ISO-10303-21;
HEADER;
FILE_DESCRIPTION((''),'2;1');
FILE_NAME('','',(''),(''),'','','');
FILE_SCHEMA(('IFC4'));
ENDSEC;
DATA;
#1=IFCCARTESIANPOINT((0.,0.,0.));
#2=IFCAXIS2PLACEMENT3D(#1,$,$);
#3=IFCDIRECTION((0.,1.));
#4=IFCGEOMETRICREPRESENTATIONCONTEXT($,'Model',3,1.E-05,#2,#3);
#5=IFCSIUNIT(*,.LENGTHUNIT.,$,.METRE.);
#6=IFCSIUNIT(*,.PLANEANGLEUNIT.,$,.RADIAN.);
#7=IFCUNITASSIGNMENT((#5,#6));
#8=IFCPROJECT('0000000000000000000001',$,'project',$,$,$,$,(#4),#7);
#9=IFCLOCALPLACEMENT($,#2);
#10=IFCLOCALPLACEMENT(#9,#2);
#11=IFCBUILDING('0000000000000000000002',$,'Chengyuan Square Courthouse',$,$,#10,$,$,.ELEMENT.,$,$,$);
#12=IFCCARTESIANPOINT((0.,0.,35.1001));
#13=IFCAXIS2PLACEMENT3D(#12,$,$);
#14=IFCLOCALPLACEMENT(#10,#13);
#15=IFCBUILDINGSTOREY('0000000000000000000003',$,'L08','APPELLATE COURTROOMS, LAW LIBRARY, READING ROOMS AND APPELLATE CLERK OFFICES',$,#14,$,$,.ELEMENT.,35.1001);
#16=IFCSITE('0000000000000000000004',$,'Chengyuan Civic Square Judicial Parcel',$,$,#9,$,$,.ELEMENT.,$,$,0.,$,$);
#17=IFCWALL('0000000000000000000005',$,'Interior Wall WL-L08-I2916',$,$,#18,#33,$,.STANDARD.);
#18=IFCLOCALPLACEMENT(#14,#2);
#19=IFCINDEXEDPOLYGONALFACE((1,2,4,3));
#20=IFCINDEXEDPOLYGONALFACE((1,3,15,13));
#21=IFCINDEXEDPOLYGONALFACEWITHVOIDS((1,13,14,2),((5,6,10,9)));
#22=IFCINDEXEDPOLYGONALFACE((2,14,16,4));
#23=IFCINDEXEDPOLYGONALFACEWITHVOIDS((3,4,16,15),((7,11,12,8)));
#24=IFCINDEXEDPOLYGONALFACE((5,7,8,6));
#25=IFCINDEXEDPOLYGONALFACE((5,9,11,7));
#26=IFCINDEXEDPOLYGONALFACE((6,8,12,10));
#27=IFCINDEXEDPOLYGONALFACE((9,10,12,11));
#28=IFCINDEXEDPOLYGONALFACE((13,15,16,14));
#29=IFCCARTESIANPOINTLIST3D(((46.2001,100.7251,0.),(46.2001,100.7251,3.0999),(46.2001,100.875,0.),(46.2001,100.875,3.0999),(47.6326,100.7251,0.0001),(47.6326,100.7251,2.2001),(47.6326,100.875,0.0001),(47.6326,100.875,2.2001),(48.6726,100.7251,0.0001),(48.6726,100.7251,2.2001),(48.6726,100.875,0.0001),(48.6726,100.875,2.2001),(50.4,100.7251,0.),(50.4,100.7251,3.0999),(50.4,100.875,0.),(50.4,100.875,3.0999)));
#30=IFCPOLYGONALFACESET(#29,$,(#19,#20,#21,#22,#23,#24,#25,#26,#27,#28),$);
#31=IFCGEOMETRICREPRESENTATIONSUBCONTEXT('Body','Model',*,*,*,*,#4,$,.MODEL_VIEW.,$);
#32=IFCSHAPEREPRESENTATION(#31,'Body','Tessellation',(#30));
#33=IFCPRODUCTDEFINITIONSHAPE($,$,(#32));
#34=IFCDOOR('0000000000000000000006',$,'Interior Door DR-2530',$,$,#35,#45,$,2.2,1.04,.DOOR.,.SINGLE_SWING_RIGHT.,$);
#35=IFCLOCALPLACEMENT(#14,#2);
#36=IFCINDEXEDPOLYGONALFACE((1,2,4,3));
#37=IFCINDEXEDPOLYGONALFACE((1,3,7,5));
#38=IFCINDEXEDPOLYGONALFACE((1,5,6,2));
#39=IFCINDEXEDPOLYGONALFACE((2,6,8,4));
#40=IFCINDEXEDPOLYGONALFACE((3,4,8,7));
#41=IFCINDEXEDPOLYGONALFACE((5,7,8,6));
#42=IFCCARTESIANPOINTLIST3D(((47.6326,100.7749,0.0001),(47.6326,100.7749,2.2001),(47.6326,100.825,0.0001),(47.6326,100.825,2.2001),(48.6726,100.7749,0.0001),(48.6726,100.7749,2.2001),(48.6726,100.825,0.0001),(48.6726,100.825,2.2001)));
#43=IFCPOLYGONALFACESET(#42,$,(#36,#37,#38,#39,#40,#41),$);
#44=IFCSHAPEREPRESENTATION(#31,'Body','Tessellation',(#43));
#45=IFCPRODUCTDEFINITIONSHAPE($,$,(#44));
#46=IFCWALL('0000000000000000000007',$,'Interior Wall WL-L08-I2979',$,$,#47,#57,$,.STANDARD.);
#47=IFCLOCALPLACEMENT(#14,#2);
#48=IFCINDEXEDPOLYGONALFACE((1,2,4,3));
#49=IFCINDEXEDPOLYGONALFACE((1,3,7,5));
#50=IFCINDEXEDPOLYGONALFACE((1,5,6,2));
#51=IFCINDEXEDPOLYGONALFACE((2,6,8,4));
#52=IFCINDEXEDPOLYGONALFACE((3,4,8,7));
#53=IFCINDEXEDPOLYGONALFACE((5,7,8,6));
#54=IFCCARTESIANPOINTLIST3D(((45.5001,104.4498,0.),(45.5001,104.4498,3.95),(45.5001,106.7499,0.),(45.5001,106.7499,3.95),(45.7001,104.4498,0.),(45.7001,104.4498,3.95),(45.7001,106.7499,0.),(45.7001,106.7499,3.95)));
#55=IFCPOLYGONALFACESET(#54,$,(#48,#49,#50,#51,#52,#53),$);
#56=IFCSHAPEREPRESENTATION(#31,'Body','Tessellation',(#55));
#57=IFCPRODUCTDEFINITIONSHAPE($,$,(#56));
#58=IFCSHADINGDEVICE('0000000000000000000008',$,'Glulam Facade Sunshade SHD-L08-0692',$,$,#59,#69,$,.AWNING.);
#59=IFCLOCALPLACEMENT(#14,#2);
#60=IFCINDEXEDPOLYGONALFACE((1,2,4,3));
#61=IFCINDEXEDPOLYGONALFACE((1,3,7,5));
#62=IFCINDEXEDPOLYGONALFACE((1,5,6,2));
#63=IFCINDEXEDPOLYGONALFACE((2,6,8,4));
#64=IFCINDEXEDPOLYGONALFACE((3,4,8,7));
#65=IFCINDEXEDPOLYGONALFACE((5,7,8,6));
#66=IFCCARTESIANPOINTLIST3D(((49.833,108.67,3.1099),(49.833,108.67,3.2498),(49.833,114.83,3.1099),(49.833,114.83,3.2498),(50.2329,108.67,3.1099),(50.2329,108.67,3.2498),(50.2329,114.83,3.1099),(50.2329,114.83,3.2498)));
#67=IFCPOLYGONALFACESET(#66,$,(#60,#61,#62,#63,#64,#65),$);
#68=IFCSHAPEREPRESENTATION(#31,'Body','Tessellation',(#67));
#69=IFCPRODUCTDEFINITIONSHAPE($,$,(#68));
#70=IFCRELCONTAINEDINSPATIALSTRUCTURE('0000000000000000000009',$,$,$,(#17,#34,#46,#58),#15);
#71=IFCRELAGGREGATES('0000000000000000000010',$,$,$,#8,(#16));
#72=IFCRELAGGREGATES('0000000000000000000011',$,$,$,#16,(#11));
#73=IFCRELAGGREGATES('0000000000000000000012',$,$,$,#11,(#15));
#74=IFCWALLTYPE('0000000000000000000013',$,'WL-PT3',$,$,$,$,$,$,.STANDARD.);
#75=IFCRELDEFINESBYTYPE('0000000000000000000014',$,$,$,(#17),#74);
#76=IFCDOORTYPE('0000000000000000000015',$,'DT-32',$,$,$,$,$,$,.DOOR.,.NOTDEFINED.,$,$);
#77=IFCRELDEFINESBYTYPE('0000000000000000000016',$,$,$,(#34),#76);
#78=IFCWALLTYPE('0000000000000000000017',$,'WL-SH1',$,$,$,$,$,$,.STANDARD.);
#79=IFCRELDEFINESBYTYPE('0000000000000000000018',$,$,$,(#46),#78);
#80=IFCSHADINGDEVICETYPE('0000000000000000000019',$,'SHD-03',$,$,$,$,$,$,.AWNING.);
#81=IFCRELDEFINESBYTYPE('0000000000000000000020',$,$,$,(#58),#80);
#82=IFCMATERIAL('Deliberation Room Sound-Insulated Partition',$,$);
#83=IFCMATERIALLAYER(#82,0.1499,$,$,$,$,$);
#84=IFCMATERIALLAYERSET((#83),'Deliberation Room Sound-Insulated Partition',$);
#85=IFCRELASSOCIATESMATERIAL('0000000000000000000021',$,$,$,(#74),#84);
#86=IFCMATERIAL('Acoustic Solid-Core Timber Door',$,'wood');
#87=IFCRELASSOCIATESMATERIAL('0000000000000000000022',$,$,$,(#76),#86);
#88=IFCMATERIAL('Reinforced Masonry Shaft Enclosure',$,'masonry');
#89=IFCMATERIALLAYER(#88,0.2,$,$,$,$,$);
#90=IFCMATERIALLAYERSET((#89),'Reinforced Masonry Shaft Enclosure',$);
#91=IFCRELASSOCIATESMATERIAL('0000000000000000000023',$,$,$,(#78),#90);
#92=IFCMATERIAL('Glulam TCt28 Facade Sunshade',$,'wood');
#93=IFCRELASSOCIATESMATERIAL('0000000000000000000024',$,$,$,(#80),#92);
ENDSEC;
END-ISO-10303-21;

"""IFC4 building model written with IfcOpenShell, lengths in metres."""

from ifc_helpers import new_model, si_unit, direction, frame, frame_2d, origin, origin_2d, place, context, subcontext, project, spatial, rectangle, extrude, material, layer, layer_set, type_object, element, fill, save


model = new_model("IFC4")

# Units and contexts
model_context = context("Model", 3, precision=1e-05, world=origin(), true_north=direction((0.0, 1.0)))
body_context = subcontext(model_context, "Body", "Model", "MODEL_VIEW")
ifc_project = project(units=[si_unit("LENGTHUNIT", "METRE"), si_unit("PLANEANGLEUNIT", "RADIAN")], contexts=[model_context])

# Site, building, storey
site_placement = place(None, origin())
site = spatial("IfcSite", under=ifc_project, at=site_placement, Name="Chengyuan Civic Square Judicial Parcel", CompositionType="ELEMENT", RefElevation=0.0)
building_placement = place(site_placement, origin())
building = spatial("IfcBuilding", under=site, at=building_placement, Name="Chengyuan Square Courthouse", CompositionType="ELEMENT")
storey_placement = place(building_placement, frame((0.0, 0.0, 35.1001)))
storey = spatial("IfcBuildingStorey", under=building, at=storey_placement, Name="L08", Description="APPELLATE COURTROOMS, LAW LIBRARY, READING ROOMS AND APPELLATE CLERK OFFICES", CompositionType="ELEMENT", Elevation=35.1001)

# Wall, opening, door
ifc_material_1 = material(Name="Deliberation Room Sound-Insulated Partition")
ifc_layer_1 = layer(ifc_material_1, 0.1499)
ifc_layer_set_1 = layer_set([ifc_layer_1], Name="Deliberation Room Sound-Insulated Partition")
wall_type_1 = type_object("IfcWallType", Name="WL-PT3", PredefinedType="STANDARD", material=ifc_layer_set_1)
wall_1_placement = place(storey_placement, frame((46.2, 100.8, 0.0), z_axis=(0.0, 0.0, 1.0), x_axis=(1.0, 0.0, 0.0)))
wall_1 = element("IfcWall", 1, at=wall_1_placement, inside=storey, type_object=wall_type_1, Name="Interior Wall WL-L08-I2916", PredefinedType="STANDARD", context=body_context, shape_type="SweptSolid", body=[
    extrude(rectangle(XDim=4.2, YDim=0.1499, at=frame_2d((2.1001, 0.0))), origin(), (0.0, 0.0, 1.0), 3.0999),
])
opening_1_placement = place(wall_1_placement, frame((1.4326, 0.0, 0.0)))
opening_1 = element("IfcOpeningElement", 2, at=opening_1_placement, cuts=wall_1, PredefinedType="OPENING", context=body_context, shape_type="SweptSolid", body=[
    extrude(rectangle(XDim=1.04, YDim=2.2, at=frame_2d((0.52, 1.1001))), frame((0.0, 0.0869, 0.0), z_axis=(0.0, -1.0, 0.0), x_axis=(1.0, 0.0, 0.0)), (0.0, 0.0, 1.0), 0.1738),
])
ifc_material_2 = material(Name="Acoustic Solid-Core Timber Door", Category="wood")
door_type_1 = type_object("IfcDoorType", Name="DT-32", OperationType="NOTDEFINED", PredefinedType="DOOR", material=ifc_material_2)
door_1_placement = place(opening_1_placement, origin())
door_1 = element("IfcDoor", 3, at=door_1_placement, inside=storey, type_object=door_type_1, Name="Interior Door DR-2530", OperationType="SINGLE_SWING_RIGHT", OverallHeight=2.2, OverallWidth=1.04, PredefinedType="DOOR", context=body_context, shape_type="SweptSolid", body=[
    extrude(rectangle(XDim=1.04, YDim=2.2, at=frame_2d((0.52, 1.1001))), frame((0.0, 0.0249, 0.0), z_axis=(0.0, -1.0, 0.0), x_axis=(1.0, 0.0, 0.0)), (0.0, 0.0, 1.0), 0.05),
])
fill(opening_1, door_1)

# Wall
ifc_material_3 = material(Name="Reinforced Masonry Shaft Enclosure", Category="masonry")
ifc_layer_2 = layer(ifc_material_3, 0.2)
ifc_layer_set_2 = layer_set([ifc_layer_2], Name="Reinforced Masonry Shaft Enclosure")
wall_type_2 = type_object("IfcWallType", Name="WL-SH1", PredefinedType="STANDARD", material=ifc_layer_set_2)
wall_2_placement = place(storey_placement, frame((45.6001, 104.45, 0.0), z_axis=(0.0, 0.0, 1.0), x_axis=(0.0, 1.0, 0.0)))
element("IfcWall", 4, at=wall_2_placement, inside=storey, type_object=wall_type_2, Name="Interior Wall WL-L08-I2979", PredefinedType="STANDARD", context=body_context, shape_type="SweptSolid", body=[
    extrude(rectangle(XDim=2.3, YDim=0.2, at=frame_2d((1.1499, 0.0))), origin(), (0.0, 0.0, 1.0), 3.95),
])

# Shading device
ifc_material_4 = material(Name="Glulam TCt28 Facade Sunshade", Category="wood")
shading_device_type = type_object("IfcShadingDeviceType", Name="SHD-03", PredefinedType="AWNING", material=ifc_material_4)
shading_device_placement = place(storey_placement, frame((50.033, 111.75, 3.1099), z_axis=(0.0, 0.0, 1.0), x_axis=(0.0, 1.0, 0.0)))
element("IfcShadingDevice", 5, at=shading_device_placement, inside=storey, type_object=shading_device_type, Name="Glulam Facade Sunshade SHD-L08-0692", PredefinedType="AWNING", context=body_context, shape_type="SweptSolid", body=[
    extrude(rectangle(XDim=6.1599, YDim=0.3999, at=origin_2d()), origin(), (0.0, 0.0, 1.0), 0.1399),
])

save(model, "model.ifc")
